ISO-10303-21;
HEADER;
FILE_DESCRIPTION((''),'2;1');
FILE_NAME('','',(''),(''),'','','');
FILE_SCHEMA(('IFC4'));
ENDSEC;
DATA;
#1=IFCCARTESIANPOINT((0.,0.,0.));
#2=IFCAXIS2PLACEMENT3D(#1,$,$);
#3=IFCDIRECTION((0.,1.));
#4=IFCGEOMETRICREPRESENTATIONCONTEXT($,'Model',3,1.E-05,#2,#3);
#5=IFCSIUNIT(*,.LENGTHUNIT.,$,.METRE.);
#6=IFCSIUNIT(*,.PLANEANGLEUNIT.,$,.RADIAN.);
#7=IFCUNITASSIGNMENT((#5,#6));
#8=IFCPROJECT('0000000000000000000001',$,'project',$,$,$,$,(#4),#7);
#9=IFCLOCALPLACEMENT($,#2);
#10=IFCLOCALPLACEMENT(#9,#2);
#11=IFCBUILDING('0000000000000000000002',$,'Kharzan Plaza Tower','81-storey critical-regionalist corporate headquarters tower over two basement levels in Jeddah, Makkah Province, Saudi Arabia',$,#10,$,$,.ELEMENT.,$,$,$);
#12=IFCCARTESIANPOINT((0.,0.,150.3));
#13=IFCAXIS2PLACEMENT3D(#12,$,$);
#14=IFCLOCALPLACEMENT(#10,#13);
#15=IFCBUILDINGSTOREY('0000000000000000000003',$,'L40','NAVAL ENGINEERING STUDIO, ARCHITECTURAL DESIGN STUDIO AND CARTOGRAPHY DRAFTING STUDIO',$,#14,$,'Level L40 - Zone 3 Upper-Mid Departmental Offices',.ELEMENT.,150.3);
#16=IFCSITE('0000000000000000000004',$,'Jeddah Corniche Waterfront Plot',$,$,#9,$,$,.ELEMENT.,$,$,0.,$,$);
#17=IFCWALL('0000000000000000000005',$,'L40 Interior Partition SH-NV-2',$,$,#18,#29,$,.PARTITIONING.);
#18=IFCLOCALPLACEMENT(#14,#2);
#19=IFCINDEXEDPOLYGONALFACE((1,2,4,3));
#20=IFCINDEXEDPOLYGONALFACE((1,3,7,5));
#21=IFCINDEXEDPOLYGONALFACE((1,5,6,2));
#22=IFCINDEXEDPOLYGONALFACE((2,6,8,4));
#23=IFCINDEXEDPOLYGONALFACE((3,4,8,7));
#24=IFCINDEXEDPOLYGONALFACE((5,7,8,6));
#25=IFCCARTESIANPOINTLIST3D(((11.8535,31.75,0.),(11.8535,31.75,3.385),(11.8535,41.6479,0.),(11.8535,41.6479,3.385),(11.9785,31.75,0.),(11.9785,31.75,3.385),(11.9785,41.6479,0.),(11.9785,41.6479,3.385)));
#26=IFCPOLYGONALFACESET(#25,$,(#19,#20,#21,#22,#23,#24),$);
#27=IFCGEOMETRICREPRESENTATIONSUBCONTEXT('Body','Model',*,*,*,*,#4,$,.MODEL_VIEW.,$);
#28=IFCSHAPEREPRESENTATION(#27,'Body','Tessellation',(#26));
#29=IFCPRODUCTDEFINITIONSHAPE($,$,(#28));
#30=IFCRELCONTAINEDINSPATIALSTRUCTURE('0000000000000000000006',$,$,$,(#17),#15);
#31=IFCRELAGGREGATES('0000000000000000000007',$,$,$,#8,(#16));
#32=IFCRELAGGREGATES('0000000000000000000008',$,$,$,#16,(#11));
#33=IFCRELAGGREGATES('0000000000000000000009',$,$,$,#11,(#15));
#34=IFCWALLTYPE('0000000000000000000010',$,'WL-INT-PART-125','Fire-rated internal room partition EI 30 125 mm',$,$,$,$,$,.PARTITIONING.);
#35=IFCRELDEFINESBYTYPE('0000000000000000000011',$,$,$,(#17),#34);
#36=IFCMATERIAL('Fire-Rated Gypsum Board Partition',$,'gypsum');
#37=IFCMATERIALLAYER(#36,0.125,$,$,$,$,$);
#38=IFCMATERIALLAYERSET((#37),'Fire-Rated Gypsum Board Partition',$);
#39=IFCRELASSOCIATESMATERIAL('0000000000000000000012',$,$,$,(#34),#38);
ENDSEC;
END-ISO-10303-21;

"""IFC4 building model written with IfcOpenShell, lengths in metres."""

from ifc_helpers import new_model, si_unit, direction, frame, frame_2d, origin, place, context, subcontext, project, spatial, rectangle, extrude, source, transform, mapped, material, layer, layer_set, type_object, element, save


model = new_model("IFC4")

# Units and contexts
model_context = context("Model", 3, precision=1e-05, world=origin(), true_north=direction((0.0, 1.0)))
body_context = subcontext(model_context, "Body", "Model", "MODEL_VIEW")
ifc_project = project(units=[si_unit("LENGTHUNIT", "METRE"), si_unit("PLANEANGLEUNIT", "RADIAN")], contexts=[model_context])

# Site, building, storey
site_placement = place(None, origin())
site = spatial("IfcSite", under=ifc_project, at=site_placement, Name="Jeddah Corniche Waterfront Plot", CompositionType="ELEMENT", RefElevation=0.0)
building_placement = place(site_placement, origin())
building = spatial("IfcBuilding", under=site, at=building_placement, Name="Kharzan Plaza Tower", Description="81-storey critical-regionalist corporate headquarters tower over two basement levels in Jeddah, Makkah Province, Saudi Arabia", CompositionType="ELEMENT")
storey_placement = place(building_placement, frame((0.0, 0.0, 150.3)))
storey = spatial("IfcBuildingStorey", under=building, at=storey_placement, Name="L40", Description="NAVAL ENGINEERING STUDIO, ARCHITECTURAL DESIGN STUDIO AND CARTOGRAPHY DRAFTING STUDIO", LongName="Level L40 - Zone 3 Upper-Mid Departmental Offices", CompositionType="ELEMENT", Elevation=150.3)

# Shared definitions
ifc_material_1 = material(Name="Fire-Rated Gypsum Board Partition", Category="gypsum")
ifc_layer_1 = layer(ifc_material_1, 0.125)
ifc_layer_set_1 = layer_set([ifc_layer_1], Name="Fire-Rated Gypsum Board Partition")
wall_type_1 = type_object("IfcWallType", Name="WL-INT-PART-125", Description="Fire-rated internal room partition EI 30 125 mm", PredefinedType="PARTITIONING", material=ifc_layer_set_1)

# Wall
shared_shape_1 = source(origin(), body_context, "Body", "SweptSolid", [
    extrude(rectangle(XDim=9.8979, YDim=0.125, at=frame_2d((4.949, 0.0))), origin(), (0.0, 0.0, 1.0), 3.385),
])
for number, where, z_axis, x_axis, name in (
    (1, (11.916, 31.75, 0.0), (0.0, 0.0, 1.0), (0.0, 1.0, 0.0), "L40 Interior Partition SH-NV-2"),
):
    element("IfcWall", number, at=place(storey_placement, frame(where, z_axis=z_axis, x_axis=x_axis)), inside=storey, type_object=wall_type_1, Name=name, PredefinedType="PARTITIONING", context=body_context, shape_type="MappedRepresentation", body=[
        mapped(shared_shape_1, transform((0.0, 0.0, 0.0), x_axis=(1.0, 0.0, 0.0), y_axis=(0.0, 1.0, 0.0), z_axis=(0.0, 0.0, 1.0))),
    ])

save(model, "model.ifc")
